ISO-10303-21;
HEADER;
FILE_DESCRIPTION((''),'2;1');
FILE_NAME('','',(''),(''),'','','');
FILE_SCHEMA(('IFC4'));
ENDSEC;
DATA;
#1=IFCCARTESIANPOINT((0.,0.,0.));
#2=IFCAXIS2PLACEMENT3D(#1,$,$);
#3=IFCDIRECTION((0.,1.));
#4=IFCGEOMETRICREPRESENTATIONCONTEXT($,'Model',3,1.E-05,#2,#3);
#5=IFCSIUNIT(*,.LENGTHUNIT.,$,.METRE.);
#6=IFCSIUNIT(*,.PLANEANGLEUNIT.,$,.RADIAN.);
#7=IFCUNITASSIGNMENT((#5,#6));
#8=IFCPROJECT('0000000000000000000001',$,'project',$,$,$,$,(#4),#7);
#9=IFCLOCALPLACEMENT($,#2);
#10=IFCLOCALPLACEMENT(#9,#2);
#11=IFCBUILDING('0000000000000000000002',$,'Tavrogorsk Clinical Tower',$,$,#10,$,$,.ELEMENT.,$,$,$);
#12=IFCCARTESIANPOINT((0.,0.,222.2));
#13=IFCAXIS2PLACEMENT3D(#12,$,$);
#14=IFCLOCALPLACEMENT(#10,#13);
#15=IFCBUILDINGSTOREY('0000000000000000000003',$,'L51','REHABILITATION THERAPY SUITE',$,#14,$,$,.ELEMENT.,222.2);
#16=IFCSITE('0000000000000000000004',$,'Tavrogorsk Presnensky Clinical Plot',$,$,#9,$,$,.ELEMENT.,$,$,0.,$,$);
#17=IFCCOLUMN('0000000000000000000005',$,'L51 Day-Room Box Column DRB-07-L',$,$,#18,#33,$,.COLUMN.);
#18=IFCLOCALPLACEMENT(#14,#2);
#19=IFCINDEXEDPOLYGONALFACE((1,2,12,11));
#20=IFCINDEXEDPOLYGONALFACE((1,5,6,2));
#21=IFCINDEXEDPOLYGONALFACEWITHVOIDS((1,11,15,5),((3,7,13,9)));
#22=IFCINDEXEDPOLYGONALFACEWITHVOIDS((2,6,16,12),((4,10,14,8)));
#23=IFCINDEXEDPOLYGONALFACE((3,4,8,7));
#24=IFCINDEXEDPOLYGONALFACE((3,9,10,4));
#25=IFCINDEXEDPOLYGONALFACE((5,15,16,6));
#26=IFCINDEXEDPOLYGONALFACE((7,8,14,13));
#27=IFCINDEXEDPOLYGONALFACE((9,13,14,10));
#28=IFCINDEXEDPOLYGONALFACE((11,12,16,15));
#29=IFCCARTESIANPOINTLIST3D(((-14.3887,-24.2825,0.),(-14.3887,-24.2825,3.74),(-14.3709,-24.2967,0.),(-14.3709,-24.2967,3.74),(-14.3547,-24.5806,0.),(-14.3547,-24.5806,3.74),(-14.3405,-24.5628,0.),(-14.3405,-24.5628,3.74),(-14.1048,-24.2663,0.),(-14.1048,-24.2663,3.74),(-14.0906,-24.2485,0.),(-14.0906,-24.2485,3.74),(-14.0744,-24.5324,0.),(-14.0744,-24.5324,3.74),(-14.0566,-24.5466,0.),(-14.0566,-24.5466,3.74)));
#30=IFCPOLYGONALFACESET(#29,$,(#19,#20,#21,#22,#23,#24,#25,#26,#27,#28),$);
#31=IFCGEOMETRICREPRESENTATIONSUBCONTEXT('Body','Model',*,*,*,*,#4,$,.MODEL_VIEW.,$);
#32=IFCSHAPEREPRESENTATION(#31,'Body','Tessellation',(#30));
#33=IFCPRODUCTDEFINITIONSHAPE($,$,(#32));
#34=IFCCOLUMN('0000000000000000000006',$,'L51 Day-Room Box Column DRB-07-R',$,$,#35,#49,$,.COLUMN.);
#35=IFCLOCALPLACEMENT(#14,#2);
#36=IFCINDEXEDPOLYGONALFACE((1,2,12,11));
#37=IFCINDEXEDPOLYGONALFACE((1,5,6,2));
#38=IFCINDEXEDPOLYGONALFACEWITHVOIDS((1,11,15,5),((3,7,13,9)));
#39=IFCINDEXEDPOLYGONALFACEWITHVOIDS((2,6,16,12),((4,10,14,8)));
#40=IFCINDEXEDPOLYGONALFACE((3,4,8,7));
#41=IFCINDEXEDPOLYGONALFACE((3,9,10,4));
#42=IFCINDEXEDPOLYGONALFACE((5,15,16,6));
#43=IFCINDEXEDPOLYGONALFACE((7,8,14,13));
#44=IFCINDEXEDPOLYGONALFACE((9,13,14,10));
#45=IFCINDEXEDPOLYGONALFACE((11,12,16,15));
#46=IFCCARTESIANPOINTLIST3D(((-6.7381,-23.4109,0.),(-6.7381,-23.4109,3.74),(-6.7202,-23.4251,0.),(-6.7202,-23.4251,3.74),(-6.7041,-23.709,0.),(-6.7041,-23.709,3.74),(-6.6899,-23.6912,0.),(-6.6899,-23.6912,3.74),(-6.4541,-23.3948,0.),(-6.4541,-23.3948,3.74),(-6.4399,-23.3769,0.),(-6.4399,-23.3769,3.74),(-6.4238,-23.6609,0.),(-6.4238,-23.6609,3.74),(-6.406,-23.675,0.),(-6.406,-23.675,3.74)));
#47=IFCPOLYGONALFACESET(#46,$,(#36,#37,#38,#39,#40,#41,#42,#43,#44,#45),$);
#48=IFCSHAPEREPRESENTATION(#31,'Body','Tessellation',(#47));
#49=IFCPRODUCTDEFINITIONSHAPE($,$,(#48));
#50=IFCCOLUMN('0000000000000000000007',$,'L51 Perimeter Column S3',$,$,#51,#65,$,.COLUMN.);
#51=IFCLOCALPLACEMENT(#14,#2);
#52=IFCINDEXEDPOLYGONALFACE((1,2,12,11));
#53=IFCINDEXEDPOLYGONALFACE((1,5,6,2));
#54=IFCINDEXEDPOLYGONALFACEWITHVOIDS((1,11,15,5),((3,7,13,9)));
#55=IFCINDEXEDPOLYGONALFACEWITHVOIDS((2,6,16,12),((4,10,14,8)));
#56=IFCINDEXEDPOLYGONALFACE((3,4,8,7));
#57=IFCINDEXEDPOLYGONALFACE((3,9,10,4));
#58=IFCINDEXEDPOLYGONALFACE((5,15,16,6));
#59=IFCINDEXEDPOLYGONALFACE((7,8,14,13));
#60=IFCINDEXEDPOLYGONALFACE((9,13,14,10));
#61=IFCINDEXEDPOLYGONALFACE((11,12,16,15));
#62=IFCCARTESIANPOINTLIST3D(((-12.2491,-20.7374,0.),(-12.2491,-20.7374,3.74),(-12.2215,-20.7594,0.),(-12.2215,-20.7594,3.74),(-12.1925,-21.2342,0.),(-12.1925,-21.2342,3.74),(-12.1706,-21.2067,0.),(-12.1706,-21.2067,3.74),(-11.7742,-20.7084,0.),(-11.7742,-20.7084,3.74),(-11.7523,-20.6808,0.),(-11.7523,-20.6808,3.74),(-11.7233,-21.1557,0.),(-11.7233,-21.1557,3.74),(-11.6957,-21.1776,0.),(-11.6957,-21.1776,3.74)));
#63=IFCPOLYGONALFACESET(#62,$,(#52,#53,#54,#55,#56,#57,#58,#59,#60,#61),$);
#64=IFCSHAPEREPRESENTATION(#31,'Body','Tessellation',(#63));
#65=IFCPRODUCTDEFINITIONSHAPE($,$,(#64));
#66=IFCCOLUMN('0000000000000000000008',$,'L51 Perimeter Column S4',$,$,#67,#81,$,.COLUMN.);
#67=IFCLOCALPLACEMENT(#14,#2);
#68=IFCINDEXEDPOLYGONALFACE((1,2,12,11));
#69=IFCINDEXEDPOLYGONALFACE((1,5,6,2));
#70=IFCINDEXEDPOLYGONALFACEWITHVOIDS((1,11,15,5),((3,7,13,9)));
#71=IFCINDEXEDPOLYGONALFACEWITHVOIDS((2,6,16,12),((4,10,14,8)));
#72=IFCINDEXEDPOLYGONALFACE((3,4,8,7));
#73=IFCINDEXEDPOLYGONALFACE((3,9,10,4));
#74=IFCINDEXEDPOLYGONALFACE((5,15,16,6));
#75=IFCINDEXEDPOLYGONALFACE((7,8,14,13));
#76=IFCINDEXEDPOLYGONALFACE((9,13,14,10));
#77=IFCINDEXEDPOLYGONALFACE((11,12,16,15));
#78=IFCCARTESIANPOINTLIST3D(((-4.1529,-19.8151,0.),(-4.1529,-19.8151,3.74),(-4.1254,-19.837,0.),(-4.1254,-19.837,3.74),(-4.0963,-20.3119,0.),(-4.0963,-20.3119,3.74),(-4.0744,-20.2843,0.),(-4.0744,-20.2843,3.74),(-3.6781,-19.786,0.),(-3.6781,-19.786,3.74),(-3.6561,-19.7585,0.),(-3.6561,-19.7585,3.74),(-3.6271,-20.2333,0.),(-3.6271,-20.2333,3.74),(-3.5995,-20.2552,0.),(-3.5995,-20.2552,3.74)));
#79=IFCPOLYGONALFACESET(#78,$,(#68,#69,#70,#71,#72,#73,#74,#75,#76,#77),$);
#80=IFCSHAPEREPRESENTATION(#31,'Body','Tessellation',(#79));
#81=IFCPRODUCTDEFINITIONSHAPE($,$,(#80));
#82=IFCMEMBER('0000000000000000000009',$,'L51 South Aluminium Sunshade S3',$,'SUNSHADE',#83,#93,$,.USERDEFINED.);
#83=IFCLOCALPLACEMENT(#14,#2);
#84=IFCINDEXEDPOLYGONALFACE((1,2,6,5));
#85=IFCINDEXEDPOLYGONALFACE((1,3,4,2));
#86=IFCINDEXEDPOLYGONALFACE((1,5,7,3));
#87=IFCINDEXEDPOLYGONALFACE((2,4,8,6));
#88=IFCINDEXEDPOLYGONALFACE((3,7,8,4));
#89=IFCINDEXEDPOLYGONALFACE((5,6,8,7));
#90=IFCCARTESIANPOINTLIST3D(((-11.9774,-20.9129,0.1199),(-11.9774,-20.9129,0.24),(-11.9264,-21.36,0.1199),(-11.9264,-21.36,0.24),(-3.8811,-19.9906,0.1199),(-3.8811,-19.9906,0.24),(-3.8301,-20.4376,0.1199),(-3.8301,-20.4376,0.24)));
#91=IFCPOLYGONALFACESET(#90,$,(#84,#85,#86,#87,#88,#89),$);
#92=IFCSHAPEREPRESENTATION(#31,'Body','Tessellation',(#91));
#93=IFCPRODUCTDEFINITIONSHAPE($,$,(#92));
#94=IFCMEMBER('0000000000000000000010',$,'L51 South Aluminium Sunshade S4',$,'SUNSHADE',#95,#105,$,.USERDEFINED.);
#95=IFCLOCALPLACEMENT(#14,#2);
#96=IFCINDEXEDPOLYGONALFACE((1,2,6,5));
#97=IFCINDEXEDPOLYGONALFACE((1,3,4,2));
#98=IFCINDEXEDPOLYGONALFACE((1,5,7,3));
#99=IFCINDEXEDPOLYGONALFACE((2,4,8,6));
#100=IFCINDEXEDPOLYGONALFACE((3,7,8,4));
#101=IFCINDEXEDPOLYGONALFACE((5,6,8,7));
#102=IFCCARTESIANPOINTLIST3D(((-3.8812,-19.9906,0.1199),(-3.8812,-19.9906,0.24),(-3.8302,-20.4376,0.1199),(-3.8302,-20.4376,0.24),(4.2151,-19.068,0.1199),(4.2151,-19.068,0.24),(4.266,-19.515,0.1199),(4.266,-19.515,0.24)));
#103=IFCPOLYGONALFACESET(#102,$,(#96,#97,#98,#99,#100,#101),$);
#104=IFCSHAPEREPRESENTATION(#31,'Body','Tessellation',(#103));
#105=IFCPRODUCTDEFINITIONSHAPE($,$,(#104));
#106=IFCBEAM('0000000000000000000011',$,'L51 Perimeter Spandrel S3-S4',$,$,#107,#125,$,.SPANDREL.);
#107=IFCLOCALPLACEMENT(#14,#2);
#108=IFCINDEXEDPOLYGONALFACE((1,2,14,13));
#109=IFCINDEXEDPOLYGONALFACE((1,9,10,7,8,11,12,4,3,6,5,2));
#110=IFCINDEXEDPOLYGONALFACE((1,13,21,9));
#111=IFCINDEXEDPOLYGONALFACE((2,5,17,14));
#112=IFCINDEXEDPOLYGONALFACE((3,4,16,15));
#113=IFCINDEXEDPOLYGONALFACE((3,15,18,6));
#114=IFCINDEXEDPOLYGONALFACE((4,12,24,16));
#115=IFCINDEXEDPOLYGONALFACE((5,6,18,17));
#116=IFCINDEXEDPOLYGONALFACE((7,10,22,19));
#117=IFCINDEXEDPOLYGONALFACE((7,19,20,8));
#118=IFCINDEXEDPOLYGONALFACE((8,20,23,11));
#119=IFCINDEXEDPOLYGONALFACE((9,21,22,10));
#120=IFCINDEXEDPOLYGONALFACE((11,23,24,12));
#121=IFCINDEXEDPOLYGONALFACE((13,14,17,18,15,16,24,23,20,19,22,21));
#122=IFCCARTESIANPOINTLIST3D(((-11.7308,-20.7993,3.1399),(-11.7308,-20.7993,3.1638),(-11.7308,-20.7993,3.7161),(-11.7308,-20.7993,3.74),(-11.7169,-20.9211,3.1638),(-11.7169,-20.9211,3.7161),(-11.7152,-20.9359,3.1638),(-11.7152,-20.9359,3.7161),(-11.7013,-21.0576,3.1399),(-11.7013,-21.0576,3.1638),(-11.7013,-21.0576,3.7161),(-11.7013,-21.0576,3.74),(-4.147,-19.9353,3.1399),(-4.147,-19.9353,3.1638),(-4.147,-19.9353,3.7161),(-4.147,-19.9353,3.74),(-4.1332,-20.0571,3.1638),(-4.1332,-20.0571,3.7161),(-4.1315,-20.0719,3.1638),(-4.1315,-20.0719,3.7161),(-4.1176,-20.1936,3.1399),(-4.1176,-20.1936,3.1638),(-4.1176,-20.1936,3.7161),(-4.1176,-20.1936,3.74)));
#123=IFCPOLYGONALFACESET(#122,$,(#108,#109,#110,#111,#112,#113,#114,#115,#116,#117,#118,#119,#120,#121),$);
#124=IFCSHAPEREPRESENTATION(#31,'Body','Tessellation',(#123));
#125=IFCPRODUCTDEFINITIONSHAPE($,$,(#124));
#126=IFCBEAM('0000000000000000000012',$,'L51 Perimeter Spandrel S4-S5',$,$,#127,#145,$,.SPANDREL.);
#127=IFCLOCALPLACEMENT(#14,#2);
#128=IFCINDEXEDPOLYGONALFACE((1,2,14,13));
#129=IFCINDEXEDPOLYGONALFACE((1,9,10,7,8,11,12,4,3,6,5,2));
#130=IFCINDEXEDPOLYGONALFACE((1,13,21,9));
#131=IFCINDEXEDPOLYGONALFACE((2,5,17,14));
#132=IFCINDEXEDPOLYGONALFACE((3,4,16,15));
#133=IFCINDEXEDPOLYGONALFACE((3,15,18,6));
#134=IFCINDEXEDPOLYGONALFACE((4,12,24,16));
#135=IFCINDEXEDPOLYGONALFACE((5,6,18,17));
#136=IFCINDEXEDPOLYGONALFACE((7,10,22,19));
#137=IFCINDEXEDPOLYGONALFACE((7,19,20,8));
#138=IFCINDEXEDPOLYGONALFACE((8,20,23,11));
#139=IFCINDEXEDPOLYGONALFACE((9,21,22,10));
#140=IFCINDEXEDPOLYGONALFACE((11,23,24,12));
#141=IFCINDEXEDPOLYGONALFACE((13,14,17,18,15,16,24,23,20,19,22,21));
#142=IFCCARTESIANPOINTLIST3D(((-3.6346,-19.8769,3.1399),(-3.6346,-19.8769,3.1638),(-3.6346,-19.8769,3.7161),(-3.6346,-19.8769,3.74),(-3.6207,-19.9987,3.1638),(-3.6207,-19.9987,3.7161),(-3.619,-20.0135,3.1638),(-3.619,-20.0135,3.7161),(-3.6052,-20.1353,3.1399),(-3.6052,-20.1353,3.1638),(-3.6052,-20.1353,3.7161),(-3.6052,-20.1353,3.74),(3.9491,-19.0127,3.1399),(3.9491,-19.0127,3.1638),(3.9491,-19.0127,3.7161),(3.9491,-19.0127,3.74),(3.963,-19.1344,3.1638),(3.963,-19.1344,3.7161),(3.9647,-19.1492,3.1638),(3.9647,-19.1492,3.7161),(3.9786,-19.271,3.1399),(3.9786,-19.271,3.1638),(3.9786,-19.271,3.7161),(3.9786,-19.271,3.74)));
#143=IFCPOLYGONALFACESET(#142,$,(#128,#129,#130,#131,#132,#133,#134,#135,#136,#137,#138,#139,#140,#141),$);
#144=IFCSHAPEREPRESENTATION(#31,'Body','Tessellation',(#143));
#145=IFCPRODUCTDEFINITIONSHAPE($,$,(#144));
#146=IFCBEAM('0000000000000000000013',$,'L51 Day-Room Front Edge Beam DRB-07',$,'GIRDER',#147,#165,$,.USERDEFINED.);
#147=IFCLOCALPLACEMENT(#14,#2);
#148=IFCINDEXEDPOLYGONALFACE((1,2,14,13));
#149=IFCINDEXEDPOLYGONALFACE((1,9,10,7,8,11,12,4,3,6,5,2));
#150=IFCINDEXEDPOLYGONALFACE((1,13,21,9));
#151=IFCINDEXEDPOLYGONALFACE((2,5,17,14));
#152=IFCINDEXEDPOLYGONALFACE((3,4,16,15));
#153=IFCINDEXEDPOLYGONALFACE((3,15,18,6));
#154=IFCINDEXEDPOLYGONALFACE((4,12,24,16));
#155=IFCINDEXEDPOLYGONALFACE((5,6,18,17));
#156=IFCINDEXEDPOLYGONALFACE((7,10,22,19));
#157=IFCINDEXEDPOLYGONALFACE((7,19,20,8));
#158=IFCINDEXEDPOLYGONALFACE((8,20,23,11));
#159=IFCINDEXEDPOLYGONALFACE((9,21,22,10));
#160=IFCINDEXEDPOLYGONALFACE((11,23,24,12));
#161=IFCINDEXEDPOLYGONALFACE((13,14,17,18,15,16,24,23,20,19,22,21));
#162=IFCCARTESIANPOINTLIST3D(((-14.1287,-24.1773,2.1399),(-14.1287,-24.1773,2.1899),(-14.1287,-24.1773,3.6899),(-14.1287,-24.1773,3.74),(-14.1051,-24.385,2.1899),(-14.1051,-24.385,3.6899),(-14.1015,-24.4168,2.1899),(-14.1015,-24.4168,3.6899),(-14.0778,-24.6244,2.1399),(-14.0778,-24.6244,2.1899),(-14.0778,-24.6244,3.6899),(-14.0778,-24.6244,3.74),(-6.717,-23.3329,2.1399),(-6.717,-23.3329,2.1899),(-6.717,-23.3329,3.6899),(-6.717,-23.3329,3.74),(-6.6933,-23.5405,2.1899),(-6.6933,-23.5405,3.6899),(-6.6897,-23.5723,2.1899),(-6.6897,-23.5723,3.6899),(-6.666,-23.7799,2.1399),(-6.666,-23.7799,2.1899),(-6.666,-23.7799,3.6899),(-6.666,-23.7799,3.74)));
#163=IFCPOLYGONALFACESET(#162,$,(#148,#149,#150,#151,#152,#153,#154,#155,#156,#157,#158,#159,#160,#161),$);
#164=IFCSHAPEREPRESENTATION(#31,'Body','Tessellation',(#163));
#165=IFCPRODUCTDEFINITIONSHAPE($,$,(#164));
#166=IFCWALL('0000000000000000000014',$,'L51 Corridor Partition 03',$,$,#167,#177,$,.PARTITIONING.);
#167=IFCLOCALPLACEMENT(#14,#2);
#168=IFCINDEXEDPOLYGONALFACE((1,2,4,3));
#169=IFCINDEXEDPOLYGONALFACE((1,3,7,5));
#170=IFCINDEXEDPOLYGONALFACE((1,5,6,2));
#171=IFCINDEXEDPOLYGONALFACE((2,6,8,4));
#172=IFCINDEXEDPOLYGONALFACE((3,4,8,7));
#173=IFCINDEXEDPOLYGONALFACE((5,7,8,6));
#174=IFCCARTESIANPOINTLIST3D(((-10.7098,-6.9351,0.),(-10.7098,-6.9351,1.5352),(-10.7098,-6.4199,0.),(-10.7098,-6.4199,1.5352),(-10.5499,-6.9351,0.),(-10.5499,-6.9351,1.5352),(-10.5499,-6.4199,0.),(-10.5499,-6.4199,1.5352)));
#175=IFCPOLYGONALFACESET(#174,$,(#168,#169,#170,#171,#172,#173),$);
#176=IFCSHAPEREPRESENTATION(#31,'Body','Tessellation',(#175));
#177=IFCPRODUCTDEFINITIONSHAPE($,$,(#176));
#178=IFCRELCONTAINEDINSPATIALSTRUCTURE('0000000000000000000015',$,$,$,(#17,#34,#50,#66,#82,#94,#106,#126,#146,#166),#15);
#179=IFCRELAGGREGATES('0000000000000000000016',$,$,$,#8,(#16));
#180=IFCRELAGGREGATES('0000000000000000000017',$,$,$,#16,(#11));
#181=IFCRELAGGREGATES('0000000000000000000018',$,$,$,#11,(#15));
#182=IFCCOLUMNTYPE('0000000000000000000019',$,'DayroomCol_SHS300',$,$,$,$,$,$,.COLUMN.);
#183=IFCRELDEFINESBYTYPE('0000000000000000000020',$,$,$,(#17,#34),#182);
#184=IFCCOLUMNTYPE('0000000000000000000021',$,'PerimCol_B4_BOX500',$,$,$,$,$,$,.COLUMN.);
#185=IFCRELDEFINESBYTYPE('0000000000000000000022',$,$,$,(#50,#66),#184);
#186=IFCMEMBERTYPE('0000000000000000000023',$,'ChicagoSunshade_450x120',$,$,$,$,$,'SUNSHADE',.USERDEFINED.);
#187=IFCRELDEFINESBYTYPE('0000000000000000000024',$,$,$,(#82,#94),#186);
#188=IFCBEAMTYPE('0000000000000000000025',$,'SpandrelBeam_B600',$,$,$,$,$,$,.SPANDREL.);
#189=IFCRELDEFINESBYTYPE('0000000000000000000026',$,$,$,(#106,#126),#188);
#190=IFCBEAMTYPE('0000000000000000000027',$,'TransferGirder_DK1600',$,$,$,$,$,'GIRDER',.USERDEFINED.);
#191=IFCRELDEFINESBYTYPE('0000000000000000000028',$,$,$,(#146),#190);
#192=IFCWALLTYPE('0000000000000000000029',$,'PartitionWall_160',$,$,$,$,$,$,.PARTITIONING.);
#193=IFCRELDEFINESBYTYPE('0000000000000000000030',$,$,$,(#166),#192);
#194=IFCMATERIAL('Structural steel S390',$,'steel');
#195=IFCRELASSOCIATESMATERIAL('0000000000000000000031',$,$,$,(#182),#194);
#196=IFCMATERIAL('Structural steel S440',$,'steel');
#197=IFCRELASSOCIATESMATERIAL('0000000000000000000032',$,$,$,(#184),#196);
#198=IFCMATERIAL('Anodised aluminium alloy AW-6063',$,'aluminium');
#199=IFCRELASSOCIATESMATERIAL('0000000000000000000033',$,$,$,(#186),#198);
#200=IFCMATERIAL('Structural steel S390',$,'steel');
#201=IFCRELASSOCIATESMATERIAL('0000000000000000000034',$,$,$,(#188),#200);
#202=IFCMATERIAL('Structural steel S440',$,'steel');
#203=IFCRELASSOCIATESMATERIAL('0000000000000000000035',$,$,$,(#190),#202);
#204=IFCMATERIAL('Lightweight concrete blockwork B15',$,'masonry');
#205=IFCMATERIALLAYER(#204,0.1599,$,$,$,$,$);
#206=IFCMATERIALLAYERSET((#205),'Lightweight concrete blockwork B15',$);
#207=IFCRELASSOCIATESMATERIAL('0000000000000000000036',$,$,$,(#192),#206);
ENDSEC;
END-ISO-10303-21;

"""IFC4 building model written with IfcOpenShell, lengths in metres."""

from ifc_helpers import new_model, si_unit, direction, frame, frame_2d, origin, origin_2d, place, context, subcontext, project, spatial, rectangle, hollow_rectangle, i_section, extrude, material, layer, layer_set, material_profile, profile_set, type_object, element, save


model = new_model("IFC4")

# Units and contexts
model_context = context("Model", 3, precision=1e-05, world=origin(), true_north=direction((0.0, 1.0)))
body_context = subcontext(model_context, "Body", "Model", "MODEL_VIEW")
ifc_project = project(units=[si_unit("LENGTHUNIT", "METRE"), si_unit("PLANEANGLEUNIT", "RADIAN")], contexts=[model_context])

# Site, building, storey
site_placement = place(None, origin())
site = spatial("IfcSite", under=ifc_project, at=site_placement, Name="Tavrogorsk Presnensky Clinical Plot", CompositionType="ELEMENT", RefElevation=0.0)
building_placement = place(site_placement, origin())
building = spatial("IfcBuilding", under=site, at=building_placement, Name="Tavrogorsk Clinical Tower", CompositionType="ELEMENT")
storey_placement = place(building_placement, frame((0.0, 0.0, 222.2)))
storey = spatial("IfcBuildingStorey", under=building, at=storey_placement, Name="L51", Description="REHABILITATION THERAPY SUITE", CompositionType="ELEMENT", Elevation=222.2)

# Columns
ifc_material_1 = material(Name="Structural steel S390", Category="steel")
ifc_material_profile_1 = material_profile(ifc_material_1, hollow_rectangle(XDim=0.3, YDim=0.3, WallThickness=0.0161, at=origin_2d()), Name="SHS-300x300x16")
ifc_profile_set_1 = profile_set([ifc_material_profile_1], Name="Structural steel S390")
column_type_1 = type_object("IfcColumnType", Name="DayroomCol_SHS300", PredefinedType="COLUMN", material=ifc_profile_set_1)
for number, where, z_axis, x_axis, name in (
    (1, (-14.2227, -24.4146, 0.0), (0.0, 0.0, 1.0), (0.993572, 0.113203, 0.0), "L51 Day-Room Box Column DRB-07-L"),
    (2, (-6.572, -23.543, 0.0), (0.0, 0.0, 1.0), (0.993572, 0.113203, 0.0), "L51 Day-Room Box Column DRB-07-R"),
):
    element("IfcColumn", number, at=place(storey_placement, frame(where, z_axis=z_axis, x_axis=x_axis)), inside=storey, type_object=column_type_1, Name=name, PredefinedType="COLUMN", context=body_context, shape_type="SweptSolid", body=[
        extrude(hollow_rectangle(XDim=0.3, YDim=0.3, WallThickness=0.0161, at=origin_2d()), origin(), (0.0, 0.0, 1.0), 3.74),
    ])
ifc_material_2 = material(Name="Structural steel S440", Category="steel")
ifc_material_profile_2 = material_profile(ifc_material_2, hollow_rectangle(XDim=0.5, YDim=0.5, WallThickness=0.0249, at=origin_2d()), Name="BOX-500x500x25")
ifc_profile_set_2 = profile_set([ifc_material_profile_2], Name="Structural steel S440")
column_type_2 = type_object("IfcColumnType", Name="PerimCol_B4_BOX500", PredefinedType="COLUMN", material=ifc_profile_set_2)
for number, where, z_axis, x_axis, name in (
    (3, (-11.9724, -20.9575, 0.0), (0.0, 0.0, 1.0), (0.993572, 0.113203, 0.0), "L51 Perimeter Column S3"),
    (4, (-3.8762, -20.0352, 0.0), (0.0, 0.0, 1.0), (0.993572, 0.113203, 0.0), "L51 Perimeter Column S4"),
):
    element("IfcColumn", number, at=place(storey_placement, frame(where, z_axis=z_axis, x_axis=x_axis)), inside=storey, type_object=column_type_2, Name=name, PredefinedType="COLUMN", context=body_context, shape_type="SweptSolid", body=[
        extrude(hollow_rectangle(XDim=0.5, YDim=0.5, WallThickness=0.0249, at=origin_2d()), origin(), (0.0, 0.0, 1.0), 3.74),
    ])

# Members
ifc_material_3 = material(Name="Anodised aluminium alloy AW-6063", Category="aluminium")
ifc_material_profile_3 = material_profile(ifc_material_3, rectangle(XDim=0.45, YDim=0.1201, at=origin_2d()), Name="ALU-SUNSHADE-450x120")
ifc_profile_set_3 = profile_set([ifc_material_profile_3], Name="Anodised aluminium alloy AW-6063")
member_type = type_object("IfcMemberType", Name="ChicagoSunshade_450x120", ElementType="SUNSHADE", PredefinedType="USERDEFINED", material=ifc_profile_set_3)
for number, where, z_axis, x_axis, name in (
    (5, (-11.9519, -21.1365, 0.1799), (0.993573, 0.113193, 0.0), (-0.113193, 0.993573, 0.0), "L51 South Aluminium Sunshade S3"),
    (6, (-3.8557, -20.2141, 0.1799), (0.99357, 0.113223, 0.0), (-0.113223, 0.99357, 0.0), "L51 South Aluminium Sunshade S4"),
):
    element("IfcMember", number, at=place(storey_placement, frame(where, z_axis=z_axis, x_axis=x_axis)), inside=storey, type_object=member_type, Name=name, ObjectType="SUNSHADE", PredefinedType="USERDEFINED", context=body_context, shape_type="SweptSolid", body=[
        extrude(rectangle(XDim=0.45, YDim=0.1201, at=origin_2d()), origin(), (0.0, 0.0, 1.0), 8.1487),
    ])

# Beams
ifc_material_4 = material(Name="Structural steel S390", Category="steel")
ifc_material_profile_4 = material_profile(ifc_material_4, i_section(OverallWidth=0.26, OverallDepth=0.6001, WebThickness=0.0149, FlangeThickness=0.0239, at=origin_2d()), Name="B-600x260x15x24")
ifc_profile_set_4 = profile_set([ifc_material_profile_4], Name="Structural steel S390")
beam_type_1 = type_object("IfcBeamType", Name="SpandrelBeam_B600", PredefinedType="SPANDREL", material=ifc_profile_set_4)
for number, where, z_axis, x_axis, name in (
    (7, (-11.7161, -20.9285, 3.4399), (0.993573, 0.113197, 0.0), (-0.113197, 0.993573, 0.0), "L51 Perimeter Spandrel S3-S4"),
    (8, (-3.6199, -20.0061, 3.4399), (0.993569, 0.113229, 0.0), (-0.113229, 0.993569, 0.0), "L51 Perimeter Spandrel S4-S5"),
):
    element("IfcBeam", number, at=place(storey_placement, frame(where, z_axis=z_axis, x_axis=x_axis)), inside=storey, type_object=beam_type_1, Name=name, PredefinedType="SPANDREL", context=body_context, shape_type="SweptSolid", body=[
        extrude(i_section(OverallWidth=0.26, OverallDepth=0.6001, WebThickness=0.0149, FlangeThickness=0.0239, at=origin_2d()), origin(), (0.0, 0.0, 1.0), 7.6328),
    ])
ifc_material_5 = material(Name="Structural steel S440", Category="steel")
ifc_material_profile_5 = material_profile(ifc_material_5, i_section(OverallWidth=0.45, OverallDepth=1.6001, WebThickness=0.032, FlangeThickness=0.05, at=origin_2d()), Name="DK-1600x450x32x50")
ifc_profile_set_5 = profile_set([ifc_material_profile_5], Name="Structural steel S440")
beam_type_2 = type_object("IfcBeamType", Name="TransferGirder_DK1600", ElementType="GIRDER", PredefinedType="USERDEFINED", material=ifc_profile_set_5)
beam_placement = place(storey_placement, frame((-14.1033, -24.4009, 2.9399), z_axis=(0.993572, 0.113204, 0.0), x_axis=(-0.113204, 0.993572, 0.0)))
element("IfcBeam", 9, at=beam_placement, inside=storey, type_object=beam_type_2, Name="L51 Day-Room Front Edge Beam DRB-07", ObjectType="GIRDER", PredefinedType="USERDEFINED", context=body_context, shape_type="SweptSolid", body=[
    extrude(i_section(OverallWidth=0.45, OverallDepth=1.6001, WebThickness=0.032, FlangeThickness=0.05, at=origin_2d()), origin(), (0.0, 0.0, 1.0), 7.4597),
])

# Wall
ifc_material_6 = material(Name="Lightweight concrete blockwork B15", Category="masonry")
ifc_layer_1 = layer(ifc_material_6, 0.1599)
ifc_layer_set_1 = layer_set([ifc_layer_1], Name="Lightweight concrete blockwork B15")
wall_type_1 = type_object("IfcWallType", Name="PartitionWall_160", PredefinedType="PARTITIONING", material=ifc_layer_set_1)
wall_1_placement = place(storey_placement, frame((-10.6299, -6.9351, 0.0), z_axis=(0.0, 0.0, 1.0), x_axis=(0.0, 1.0, 0.0)))
element("IfcWall", 10, at=wall_1_placement, inside=storey, type_object=wall_type_1, Name="L51 Corridor Partition 03", PredefinedType="PARTITIONING", context=body_context, shape_type="SweptSolid", body=[
    extrude(rectangle(XDim=0.5151, YDim=0.1599, at=frame_2d((0.2576, 0.0))), origin(), (0.0, 0.0, 1.0), 1.5352),
])

save(model, "model.ifc")
